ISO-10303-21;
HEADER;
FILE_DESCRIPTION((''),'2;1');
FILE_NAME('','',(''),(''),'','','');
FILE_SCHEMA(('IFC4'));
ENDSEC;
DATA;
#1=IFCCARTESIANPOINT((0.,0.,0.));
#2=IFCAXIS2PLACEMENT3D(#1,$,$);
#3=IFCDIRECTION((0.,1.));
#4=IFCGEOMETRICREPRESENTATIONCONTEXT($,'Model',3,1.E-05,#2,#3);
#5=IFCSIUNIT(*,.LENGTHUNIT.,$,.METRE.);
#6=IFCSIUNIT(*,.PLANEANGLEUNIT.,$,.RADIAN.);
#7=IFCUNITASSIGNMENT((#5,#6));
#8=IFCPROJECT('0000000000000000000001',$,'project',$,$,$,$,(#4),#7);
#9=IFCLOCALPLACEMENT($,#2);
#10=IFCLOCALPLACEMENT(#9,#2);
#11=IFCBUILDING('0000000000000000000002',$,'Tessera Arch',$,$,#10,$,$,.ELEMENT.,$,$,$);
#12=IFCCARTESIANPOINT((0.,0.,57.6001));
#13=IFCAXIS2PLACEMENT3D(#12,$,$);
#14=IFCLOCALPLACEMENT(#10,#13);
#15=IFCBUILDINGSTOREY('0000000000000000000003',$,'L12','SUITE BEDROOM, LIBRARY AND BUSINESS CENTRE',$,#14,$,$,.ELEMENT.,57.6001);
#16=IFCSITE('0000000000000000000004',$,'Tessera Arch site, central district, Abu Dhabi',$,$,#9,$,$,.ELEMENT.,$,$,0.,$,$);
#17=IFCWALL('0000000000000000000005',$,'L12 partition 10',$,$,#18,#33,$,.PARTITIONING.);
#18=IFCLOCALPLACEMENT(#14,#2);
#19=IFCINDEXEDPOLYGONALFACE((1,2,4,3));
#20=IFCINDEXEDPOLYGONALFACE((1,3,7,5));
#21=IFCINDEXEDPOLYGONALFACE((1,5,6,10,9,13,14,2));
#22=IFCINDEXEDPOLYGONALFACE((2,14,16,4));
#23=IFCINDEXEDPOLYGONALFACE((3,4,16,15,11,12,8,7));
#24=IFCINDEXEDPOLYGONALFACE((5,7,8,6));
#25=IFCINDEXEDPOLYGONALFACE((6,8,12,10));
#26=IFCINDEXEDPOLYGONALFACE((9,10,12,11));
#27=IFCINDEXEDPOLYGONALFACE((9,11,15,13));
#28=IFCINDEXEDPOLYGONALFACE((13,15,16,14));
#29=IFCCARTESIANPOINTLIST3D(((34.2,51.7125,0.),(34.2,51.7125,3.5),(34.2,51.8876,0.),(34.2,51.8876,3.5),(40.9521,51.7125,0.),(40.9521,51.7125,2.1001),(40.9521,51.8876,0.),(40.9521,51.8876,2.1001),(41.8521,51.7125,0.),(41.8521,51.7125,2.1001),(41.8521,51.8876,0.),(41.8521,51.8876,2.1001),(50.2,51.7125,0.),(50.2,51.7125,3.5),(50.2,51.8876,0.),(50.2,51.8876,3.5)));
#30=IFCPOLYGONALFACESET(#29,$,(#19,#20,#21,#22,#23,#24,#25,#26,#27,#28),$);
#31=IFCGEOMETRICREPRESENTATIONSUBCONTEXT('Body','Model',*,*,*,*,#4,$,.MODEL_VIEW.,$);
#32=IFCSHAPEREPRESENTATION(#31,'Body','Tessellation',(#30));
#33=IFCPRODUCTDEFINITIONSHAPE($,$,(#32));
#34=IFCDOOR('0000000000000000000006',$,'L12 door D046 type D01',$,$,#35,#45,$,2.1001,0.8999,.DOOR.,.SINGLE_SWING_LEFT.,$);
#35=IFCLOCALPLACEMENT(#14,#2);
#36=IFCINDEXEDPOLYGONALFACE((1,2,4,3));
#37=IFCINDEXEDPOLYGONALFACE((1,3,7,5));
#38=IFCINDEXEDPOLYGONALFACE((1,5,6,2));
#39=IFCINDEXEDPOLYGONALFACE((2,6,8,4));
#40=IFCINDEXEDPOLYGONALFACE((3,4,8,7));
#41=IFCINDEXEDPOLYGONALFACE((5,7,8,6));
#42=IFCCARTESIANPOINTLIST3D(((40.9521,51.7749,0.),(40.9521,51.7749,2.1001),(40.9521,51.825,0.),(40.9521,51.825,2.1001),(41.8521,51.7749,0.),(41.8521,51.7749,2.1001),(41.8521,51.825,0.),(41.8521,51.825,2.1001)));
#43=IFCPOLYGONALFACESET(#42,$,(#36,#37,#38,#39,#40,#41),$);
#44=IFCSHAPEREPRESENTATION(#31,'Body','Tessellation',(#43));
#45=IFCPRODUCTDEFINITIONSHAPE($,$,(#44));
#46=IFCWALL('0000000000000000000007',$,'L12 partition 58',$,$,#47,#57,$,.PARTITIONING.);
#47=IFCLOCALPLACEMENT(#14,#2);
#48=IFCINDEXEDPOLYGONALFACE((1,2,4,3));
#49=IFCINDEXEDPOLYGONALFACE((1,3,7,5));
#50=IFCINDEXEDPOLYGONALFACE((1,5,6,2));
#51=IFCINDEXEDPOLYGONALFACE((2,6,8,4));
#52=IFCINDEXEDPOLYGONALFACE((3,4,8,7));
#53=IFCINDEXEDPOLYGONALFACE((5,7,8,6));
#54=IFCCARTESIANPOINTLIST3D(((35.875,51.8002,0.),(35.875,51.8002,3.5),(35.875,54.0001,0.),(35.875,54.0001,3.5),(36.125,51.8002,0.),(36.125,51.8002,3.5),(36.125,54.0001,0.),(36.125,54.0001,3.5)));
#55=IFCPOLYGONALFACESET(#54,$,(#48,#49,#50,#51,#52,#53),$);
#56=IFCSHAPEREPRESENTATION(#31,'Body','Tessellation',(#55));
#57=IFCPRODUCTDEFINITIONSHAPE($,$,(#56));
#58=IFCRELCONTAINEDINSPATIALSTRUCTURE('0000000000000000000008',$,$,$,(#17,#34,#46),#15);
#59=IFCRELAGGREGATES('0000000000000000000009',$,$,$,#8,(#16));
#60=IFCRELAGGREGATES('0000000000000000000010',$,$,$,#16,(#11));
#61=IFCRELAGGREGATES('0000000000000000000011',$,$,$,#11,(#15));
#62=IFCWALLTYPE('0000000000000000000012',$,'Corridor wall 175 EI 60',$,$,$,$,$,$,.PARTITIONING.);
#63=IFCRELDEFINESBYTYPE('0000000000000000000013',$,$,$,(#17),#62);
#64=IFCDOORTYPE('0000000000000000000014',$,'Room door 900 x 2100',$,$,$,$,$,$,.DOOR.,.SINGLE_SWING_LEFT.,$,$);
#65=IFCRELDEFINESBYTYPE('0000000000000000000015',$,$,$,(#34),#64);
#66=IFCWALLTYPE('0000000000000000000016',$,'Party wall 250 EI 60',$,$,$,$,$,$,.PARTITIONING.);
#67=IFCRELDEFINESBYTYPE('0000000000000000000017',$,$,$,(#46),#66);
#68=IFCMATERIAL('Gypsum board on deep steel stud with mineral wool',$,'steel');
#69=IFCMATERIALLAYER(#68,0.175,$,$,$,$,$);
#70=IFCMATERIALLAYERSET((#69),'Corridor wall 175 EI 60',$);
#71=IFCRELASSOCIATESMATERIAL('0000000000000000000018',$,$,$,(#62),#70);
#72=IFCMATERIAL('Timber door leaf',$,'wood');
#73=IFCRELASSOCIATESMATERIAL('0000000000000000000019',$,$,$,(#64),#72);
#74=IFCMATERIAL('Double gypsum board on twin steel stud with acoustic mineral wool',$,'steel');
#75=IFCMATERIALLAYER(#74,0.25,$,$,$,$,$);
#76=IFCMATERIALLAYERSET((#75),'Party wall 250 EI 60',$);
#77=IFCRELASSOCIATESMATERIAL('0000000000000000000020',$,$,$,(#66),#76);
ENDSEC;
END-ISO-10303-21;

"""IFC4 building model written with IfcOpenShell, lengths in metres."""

from ifc_helpers import new_model, si_unit, direction, frame, frame_2d, origin, place, context, subcontext, project, spatial, rectangle, extrude, material, layer, layer_set, type_object, element, fill, save


model = new_model("IFC4")

# Units and contexts
model_context = context("Model", 3, precision=1e-05, world=origin(), true_north=direction((0.0, 1.0)))
body_context = subcontext(model_context, "Body", "Model", "MODEL_VIEW")
ifc_project = project(units=[si_unit("LENGTHUNIT", "METRE"), si_unit("PLANEANGLEUNIT", "RADIAN")], contexts=[model_context])

# Site, building, storey
site_placement = place(None, origin())
site = spatial("IfcSite", under=ifc_project, at=site_placement, Name="Tessera Arch site, central district, Abu Dhabi", CompositionType="ELEMENT", RefElevation=0.0)
building_placement = place(site_placement, origin())
building = spatial("IfcBuilding", under=site, at=building_placement, Name="Tessera Arch", CompositionType="ELEMENT")
storey_placement = place(building_placement, frame((0.0, 0.0, 57.6001)))
storey = spatial("IfcBuildingStorey", under=building, at=storey_placement, Name="L12", Description="SUITE BEDROOM, LIBRARY AND BUSINESS CENTRE", CompositionType="ELEMENT", Elevation=57.6001)

# Wall, opening, door
ifc_material_1 = material(Name="Gypsum board on deep steel stud with mineral wool", Category="steel")
ifc_layer_1 = layer(ifc_material_1, 0.175)
ifc_layer_set_1 = layer_set([ifc_layer_1], Name="Corridor wall 175 EI 60")
wall_type_1 = type_object("IfcWallType", Name="Corridor wall 175 EI 60", PredefinedType="PARTITIONING", material=ifc_layer_set_1)
wall_1_placement = place(storey_placement, frame((34.2, 51.8, 0.0), z_axis=(0.0, 0.0, 1.0), x_axis=(1.0, 0.0, 0.0)))
wall_1 = element("IfcWall", 1, at=wall_1_placement, inside=storey, type_object=wall_type_1, Name="L12 partition 10", PredefinedType="PARTITIONING", context=body_context, shape_type="SweptSolid", body=[
    extrude(rectangle(XDim=16.0, YDim=0.175, at=frame_2d((8.0, 0.0))), origin(), (0.0, 0.0, 1.0), 3.5),
])
opening_placement = place(wall_1_placement, frame((6.7522, 0.0, 0.0)))
opening = element("IfcOpeningElement", 2, at=opening_placement, cuts=wall_1, PredefinedType="OPENING", context=body_context, shape_type="SweptSolid", body=[
    extrude(rectangle(XDim=0.8999, YDim=2.1001, at=frame_2d((0.45, 1.05))), frame((0.0, 0.0974, 0.0), z_axis=(0.0, -1.0, 0.0), x_axis=(1.0, 0.0, 0.0)), (0.0, 0.0, 1.0), 0.1951),
])
ifc_material_2 = material(Name="Timber door leaf", Category="wood")
door_type = type_object("IfcDoorType", Name="Room door 900 x 2100", OperationType="SINGLE_SWING_LEFT", PredefinedType="DOOR", material=ifc_material_2)
door_placement = place(opening_placement, origin())
door = element("IfcDoor", 3, at=door_placement, inside=storey, type_object=door_type, Name="L12 door D046 type D01", OperationType="SINGLE_SWING_LEFT", OverallHeight=2.1001, OverallWidth=0.8999, PredefinedType="DOOR", context=body_context, shape_type="SweptSolid", body=[
    extrude(rectangle(XDim=0.8999, YDim=2.1001, at=frame_2d((0.45, 1.05))), frame((0.0, 0.0249, 0.0), z_axis=(0.0, -1.0, 0.0), x_axis=(1.0, 0.0, 0.0)), (0.0, 0.0, 1.0), 0.05),
])
fill(opening, door)

# Wall
ifc_material_3 = material(Name="Double gypsum board on twin steel stud with acoustic mineral wool", Category="steel")
ifc_layer_2 = layer(ifc_material_3, 0.25)
ifc_layer_set_2 = layer_set([ifc_layer_2], Name="Party wall 250 EI 60")
wall_type_2 = type_object("IfcWallType", Name="Party wall 250 EI 60", PredefinedType="PARTITIONING", material=ifc_layer_set_2)
wall_2_placement = place(storey_placement, frame((36.0, 51.8, 0.0), z_axis=(0.0, 0.0, 1.0), x_axis=(0.0, 1.0, 0.0)))
element("IfcWall", 4, at=wall_2_placement, inside=storey, type_object=wall_type_2, Name="L12 partition 58", PredefinedType="PARTITIONING", context=body_context, shape_type="SweptSolid", body=[
    extrude(rectangle(XDim=2.2, YDim=0.25, at=frame_2d((1.1001, 0.0))), origin(), (0.0, 0.0, 1.0), 3.5),
])

save(model, "model.ifc")
